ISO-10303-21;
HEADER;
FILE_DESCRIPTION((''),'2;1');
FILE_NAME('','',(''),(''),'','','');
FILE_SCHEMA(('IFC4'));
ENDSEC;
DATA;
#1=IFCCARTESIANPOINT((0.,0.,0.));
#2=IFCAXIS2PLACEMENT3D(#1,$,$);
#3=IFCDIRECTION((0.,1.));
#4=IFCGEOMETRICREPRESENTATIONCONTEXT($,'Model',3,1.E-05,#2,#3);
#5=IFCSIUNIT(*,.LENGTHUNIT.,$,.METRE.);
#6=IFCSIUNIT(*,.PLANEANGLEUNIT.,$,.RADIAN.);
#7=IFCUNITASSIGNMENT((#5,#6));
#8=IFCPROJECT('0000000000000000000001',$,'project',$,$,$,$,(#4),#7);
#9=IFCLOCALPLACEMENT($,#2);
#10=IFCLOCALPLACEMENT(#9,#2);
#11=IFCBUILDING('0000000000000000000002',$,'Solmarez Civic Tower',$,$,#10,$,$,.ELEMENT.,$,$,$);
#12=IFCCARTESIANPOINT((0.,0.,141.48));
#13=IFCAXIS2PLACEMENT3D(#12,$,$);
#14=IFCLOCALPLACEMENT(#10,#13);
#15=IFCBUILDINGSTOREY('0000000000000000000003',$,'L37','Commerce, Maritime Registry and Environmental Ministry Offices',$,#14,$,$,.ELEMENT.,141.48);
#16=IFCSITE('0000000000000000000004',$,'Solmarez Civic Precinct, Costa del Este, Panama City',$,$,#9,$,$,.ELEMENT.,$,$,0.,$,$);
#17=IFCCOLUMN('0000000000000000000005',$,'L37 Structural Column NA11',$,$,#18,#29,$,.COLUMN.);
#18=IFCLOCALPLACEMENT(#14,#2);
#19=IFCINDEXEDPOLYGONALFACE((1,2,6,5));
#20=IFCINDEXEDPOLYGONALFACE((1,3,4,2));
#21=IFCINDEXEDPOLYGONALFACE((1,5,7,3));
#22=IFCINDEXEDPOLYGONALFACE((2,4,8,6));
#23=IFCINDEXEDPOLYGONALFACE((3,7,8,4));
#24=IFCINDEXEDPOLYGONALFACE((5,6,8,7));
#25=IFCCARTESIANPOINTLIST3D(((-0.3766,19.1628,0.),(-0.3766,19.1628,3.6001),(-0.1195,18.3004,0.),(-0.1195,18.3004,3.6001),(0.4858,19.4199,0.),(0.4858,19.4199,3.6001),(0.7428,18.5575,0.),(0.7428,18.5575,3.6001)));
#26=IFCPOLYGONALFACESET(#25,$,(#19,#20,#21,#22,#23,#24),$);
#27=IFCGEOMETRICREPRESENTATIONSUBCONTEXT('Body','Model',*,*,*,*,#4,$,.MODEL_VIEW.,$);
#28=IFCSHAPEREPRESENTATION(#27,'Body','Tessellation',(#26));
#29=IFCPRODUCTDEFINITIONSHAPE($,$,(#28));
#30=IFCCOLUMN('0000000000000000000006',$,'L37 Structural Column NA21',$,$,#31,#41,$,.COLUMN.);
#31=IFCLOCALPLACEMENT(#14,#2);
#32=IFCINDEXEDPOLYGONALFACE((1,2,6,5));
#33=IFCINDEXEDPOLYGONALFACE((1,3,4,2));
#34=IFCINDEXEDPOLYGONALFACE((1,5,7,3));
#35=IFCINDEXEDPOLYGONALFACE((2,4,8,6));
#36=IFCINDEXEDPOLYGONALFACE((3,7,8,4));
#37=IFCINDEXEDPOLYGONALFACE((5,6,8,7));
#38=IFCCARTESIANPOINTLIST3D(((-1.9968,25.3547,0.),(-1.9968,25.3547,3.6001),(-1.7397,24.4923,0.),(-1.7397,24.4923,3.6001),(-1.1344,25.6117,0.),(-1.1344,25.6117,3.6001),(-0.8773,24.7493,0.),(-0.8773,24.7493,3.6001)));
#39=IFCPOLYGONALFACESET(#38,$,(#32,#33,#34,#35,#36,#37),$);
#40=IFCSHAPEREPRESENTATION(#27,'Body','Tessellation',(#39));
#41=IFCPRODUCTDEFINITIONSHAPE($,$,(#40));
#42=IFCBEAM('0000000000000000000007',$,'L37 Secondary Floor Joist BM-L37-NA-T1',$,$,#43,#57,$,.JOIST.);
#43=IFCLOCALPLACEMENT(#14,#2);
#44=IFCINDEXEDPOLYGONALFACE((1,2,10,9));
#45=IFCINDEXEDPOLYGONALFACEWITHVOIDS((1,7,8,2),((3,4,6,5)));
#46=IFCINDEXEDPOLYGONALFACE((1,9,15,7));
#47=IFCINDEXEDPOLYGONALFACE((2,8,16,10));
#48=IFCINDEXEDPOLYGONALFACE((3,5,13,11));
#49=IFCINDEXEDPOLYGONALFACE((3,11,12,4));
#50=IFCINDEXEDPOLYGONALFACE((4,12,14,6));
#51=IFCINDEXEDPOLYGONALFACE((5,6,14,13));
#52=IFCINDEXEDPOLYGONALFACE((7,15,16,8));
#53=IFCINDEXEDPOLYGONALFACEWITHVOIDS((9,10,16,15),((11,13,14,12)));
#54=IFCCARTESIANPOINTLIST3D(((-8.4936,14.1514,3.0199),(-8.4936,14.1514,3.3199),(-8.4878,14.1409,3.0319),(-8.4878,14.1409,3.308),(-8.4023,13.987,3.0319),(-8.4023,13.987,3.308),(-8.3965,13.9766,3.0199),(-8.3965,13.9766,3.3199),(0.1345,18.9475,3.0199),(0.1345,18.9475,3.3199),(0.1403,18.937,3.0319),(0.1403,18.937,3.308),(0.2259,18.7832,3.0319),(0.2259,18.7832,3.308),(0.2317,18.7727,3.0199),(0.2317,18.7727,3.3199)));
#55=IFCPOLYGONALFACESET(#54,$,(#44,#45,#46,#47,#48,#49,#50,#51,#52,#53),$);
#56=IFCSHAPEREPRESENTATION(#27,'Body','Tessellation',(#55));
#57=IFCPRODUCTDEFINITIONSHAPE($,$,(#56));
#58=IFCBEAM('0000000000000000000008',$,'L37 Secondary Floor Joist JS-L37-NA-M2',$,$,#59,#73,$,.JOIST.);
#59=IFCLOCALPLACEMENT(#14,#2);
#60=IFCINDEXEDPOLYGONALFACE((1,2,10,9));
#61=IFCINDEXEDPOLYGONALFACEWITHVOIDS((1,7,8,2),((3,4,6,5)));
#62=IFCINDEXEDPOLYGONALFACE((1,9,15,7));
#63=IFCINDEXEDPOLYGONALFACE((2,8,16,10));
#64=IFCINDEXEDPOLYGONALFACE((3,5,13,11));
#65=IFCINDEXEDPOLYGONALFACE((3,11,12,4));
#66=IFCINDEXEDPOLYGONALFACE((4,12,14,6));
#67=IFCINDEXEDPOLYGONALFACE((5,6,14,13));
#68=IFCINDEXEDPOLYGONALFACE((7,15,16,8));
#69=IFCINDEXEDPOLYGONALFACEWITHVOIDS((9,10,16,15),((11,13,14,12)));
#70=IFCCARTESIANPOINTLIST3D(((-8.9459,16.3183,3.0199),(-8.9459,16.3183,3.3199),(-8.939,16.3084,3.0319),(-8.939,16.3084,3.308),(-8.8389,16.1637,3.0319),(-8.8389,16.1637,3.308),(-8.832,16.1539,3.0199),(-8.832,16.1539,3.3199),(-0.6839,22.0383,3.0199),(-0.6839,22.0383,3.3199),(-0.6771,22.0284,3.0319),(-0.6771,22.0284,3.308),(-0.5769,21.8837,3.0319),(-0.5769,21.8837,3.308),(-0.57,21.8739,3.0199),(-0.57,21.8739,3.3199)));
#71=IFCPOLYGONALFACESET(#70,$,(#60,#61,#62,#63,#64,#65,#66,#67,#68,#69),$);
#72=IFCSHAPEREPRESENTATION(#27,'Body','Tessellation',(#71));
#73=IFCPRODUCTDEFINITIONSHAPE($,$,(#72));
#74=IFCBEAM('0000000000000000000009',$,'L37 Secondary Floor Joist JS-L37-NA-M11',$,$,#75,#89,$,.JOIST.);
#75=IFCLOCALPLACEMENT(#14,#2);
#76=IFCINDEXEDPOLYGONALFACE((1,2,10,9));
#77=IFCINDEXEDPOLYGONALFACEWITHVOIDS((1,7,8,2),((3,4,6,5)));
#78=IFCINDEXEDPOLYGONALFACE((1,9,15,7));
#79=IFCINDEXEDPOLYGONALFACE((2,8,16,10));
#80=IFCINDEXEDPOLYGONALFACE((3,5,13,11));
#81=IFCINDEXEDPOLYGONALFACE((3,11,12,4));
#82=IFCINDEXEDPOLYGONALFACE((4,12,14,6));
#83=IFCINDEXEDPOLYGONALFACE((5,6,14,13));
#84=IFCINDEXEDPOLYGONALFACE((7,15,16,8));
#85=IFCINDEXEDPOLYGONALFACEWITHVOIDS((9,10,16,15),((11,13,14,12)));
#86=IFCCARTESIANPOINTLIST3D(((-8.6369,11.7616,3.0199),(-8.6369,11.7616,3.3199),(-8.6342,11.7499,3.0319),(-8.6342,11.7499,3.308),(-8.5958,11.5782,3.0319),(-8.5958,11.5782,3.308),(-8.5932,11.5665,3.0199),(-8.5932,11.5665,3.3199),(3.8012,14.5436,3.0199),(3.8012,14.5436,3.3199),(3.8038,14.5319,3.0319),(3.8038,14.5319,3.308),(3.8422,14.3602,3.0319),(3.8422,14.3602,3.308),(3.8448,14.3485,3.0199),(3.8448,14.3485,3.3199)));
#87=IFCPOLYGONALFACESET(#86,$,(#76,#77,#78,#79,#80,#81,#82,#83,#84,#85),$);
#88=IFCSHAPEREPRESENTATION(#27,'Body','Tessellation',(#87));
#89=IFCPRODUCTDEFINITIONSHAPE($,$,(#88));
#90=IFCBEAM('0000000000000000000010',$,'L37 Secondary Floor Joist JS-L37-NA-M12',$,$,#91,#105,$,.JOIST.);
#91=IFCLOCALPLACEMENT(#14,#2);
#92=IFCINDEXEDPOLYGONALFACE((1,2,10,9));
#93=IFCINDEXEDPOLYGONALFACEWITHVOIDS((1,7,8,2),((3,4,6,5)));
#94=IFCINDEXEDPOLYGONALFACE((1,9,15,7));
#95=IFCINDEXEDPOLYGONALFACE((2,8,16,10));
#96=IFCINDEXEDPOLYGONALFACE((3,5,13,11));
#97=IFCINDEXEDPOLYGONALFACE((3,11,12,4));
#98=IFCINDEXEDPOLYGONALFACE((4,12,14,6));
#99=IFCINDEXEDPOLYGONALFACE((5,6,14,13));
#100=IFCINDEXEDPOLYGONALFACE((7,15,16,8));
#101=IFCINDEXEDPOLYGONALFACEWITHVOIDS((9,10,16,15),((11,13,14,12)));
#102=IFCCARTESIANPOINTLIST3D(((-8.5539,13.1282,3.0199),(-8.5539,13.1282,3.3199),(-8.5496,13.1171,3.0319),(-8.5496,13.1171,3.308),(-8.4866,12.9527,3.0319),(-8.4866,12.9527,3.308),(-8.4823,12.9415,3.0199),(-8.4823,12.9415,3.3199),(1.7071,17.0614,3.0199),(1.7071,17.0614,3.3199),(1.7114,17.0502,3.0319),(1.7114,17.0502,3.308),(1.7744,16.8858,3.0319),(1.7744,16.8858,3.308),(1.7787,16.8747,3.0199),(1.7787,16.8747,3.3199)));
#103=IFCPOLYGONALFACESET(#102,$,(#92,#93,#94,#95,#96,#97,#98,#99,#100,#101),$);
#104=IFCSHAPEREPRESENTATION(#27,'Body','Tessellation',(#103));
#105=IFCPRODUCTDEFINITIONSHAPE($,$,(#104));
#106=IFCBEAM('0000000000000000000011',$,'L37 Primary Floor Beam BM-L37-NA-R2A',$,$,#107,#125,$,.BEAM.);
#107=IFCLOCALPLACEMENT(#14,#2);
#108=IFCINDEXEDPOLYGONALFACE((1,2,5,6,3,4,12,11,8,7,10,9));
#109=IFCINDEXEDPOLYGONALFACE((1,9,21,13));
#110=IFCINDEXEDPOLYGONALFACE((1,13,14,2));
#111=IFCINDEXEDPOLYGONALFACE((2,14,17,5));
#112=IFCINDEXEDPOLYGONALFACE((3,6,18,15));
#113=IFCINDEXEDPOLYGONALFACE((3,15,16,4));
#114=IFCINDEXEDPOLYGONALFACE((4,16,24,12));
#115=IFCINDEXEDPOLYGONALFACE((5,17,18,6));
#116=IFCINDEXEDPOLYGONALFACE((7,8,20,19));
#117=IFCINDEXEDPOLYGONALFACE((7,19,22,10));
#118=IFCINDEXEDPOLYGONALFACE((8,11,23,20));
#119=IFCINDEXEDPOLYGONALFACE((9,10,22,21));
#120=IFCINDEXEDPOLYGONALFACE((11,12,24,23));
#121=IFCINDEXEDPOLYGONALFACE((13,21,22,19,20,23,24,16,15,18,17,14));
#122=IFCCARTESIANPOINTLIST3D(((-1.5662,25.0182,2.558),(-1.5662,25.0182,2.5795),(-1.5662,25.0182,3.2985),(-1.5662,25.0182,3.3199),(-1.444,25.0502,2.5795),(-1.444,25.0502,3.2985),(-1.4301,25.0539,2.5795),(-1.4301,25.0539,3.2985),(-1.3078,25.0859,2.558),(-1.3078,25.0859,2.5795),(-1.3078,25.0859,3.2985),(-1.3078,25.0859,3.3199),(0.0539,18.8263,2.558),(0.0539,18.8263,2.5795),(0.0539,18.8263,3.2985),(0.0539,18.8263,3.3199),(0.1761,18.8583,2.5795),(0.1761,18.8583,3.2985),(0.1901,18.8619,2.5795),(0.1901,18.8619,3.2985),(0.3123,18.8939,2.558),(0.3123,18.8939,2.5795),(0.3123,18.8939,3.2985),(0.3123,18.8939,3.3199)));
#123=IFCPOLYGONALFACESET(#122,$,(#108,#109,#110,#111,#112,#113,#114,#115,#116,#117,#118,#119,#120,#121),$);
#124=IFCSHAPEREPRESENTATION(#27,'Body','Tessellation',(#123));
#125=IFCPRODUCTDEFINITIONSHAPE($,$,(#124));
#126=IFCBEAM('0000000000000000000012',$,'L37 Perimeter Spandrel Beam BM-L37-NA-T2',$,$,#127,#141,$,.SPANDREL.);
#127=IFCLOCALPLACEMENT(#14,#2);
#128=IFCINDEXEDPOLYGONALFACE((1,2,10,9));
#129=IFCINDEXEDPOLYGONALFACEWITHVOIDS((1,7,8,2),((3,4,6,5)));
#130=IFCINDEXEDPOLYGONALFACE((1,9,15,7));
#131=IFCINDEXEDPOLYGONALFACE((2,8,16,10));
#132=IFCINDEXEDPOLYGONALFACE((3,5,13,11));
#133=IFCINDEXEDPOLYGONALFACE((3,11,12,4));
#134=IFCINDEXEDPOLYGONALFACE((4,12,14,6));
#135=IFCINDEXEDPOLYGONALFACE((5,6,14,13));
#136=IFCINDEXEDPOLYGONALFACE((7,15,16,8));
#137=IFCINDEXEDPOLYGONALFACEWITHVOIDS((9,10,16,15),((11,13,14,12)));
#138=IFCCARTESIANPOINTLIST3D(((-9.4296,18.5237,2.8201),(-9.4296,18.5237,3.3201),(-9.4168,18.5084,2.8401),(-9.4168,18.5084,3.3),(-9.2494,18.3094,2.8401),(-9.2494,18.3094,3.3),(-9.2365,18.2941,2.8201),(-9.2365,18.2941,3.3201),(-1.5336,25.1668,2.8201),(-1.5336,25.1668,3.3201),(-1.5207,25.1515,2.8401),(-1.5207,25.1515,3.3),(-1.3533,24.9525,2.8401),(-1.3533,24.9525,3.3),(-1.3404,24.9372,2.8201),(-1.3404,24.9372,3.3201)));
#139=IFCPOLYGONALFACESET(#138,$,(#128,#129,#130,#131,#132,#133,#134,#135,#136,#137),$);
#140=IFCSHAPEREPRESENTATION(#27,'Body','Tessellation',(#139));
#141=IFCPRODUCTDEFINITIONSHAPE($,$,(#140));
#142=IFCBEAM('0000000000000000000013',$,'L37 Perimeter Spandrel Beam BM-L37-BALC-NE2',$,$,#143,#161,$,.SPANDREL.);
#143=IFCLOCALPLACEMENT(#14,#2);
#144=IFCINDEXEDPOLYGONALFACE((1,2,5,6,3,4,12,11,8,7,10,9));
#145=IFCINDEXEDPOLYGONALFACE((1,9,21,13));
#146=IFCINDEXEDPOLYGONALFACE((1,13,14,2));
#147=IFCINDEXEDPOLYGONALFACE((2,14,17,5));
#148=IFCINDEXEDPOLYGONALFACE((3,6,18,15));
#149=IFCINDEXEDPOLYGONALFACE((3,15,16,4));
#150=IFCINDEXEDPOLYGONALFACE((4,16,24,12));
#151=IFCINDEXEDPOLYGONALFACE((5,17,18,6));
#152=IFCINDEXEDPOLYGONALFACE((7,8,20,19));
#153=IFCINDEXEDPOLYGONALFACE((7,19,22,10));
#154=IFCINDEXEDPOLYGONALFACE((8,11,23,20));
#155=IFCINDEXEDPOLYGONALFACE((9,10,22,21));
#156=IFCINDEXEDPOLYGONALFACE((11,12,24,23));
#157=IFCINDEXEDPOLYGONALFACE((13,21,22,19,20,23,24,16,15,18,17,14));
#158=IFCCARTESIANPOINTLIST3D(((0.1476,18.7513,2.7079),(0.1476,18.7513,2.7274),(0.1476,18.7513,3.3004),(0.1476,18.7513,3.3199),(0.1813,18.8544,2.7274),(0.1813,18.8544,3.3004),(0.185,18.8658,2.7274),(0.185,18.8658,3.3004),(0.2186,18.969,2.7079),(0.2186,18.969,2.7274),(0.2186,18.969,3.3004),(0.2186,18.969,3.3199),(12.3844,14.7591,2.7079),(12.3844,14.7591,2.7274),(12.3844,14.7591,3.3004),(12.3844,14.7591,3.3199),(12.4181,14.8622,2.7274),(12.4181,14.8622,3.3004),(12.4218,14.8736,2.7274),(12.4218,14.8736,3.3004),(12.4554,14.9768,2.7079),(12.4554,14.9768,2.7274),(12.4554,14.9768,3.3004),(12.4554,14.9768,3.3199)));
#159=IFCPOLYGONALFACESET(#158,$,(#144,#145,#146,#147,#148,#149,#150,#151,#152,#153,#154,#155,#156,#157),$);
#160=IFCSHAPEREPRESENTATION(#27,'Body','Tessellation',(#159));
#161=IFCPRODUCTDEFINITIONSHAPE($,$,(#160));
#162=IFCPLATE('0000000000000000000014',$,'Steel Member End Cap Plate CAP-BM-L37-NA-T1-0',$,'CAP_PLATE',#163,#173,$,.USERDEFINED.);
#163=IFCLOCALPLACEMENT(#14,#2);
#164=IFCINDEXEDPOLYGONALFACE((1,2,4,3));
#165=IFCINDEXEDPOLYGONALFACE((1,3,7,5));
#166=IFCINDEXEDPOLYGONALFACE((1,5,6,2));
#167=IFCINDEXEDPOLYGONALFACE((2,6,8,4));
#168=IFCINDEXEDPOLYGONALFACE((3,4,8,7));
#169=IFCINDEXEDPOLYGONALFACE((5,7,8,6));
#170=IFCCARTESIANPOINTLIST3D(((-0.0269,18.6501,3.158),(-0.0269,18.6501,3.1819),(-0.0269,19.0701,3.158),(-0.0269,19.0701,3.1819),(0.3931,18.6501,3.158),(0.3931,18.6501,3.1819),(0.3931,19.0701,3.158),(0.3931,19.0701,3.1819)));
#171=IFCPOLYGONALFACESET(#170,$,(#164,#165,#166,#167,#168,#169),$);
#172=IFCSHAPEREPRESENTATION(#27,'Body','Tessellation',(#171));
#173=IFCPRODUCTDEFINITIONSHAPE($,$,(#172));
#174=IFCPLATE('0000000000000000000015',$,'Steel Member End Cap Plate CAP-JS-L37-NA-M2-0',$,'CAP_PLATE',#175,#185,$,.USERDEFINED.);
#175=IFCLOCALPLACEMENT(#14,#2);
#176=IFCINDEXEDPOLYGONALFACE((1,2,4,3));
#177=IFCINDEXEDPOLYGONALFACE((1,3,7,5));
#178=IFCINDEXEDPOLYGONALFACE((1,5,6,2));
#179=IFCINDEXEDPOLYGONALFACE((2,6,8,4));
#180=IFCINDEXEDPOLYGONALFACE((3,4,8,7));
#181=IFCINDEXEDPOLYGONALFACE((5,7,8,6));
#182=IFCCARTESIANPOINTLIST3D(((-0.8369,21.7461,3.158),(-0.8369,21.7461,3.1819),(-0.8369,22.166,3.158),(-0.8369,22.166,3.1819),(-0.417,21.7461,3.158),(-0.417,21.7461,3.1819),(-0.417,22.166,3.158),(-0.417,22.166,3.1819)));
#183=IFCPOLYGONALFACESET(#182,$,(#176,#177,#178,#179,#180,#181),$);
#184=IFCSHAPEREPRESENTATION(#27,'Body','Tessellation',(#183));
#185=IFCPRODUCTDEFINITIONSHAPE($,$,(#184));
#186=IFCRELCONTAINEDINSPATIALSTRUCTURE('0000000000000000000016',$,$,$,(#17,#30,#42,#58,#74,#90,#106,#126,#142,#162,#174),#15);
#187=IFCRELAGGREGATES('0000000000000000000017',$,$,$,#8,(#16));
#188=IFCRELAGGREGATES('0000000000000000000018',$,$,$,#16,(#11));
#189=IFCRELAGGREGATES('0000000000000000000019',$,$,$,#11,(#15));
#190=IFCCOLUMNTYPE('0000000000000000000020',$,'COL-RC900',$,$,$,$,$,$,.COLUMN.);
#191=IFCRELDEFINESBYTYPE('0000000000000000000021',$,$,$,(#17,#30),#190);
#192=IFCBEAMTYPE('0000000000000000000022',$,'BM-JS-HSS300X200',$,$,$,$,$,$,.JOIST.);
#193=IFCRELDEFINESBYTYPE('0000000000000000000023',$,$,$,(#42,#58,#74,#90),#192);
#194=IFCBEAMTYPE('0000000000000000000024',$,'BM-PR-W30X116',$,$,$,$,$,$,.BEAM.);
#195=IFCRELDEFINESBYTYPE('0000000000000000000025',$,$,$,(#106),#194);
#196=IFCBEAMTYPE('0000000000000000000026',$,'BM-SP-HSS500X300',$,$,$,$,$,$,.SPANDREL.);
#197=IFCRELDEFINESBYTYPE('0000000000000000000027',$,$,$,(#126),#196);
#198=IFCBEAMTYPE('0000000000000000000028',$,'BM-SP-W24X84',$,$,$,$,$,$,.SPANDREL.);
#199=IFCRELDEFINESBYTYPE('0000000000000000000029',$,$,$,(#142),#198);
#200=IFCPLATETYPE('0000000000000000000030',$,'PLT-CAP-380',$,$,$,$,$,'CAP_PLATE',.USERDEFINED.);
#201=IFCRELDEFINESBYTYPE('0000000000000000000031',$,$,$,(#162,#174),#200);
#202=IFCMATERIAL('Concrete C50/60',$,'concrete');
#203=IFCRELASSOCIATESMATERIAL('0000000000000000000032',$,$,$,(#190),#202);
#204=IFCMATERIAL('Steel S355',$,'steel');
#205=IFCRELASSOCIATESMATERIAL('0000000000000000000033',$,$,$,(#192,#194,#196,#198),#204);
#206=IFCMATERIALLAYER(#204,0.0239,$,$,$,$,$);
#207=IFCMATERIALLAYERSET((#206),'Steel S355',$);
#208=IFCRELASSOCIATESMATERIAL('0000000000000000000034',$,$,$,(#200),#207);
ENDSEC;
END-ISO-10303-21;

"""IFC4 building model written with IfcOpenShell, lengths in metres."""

from ifc_helpers import new_model, si_unit, direction, frame, origin, origin_2d, place, context, subcontext, project, spatial, rectangle, hollow_rectangle, i_section, extrude, material, layer, layer_set, material_profile, profile_set, type_object, element, save


model = new_model("IFC4")

# Units and contexts
model_context = context("Model", 3, precision=1e-05, world=origin(), true_north=direction((0.0, 1.0)))
body_context = subcontext(model_context, "Body", "Model", "MODEL_VIEW")
ifc_project = project(units=[si_unit("LENGTHUNIT", "METRE"), si_unit("PLANEANGLEUNIT", "RADIAN")], contexts=[model_context])

# Site, building, storey
site_placement = place(None, origin())
site = spatial("IfcSite", under=ifc_project, at=site_placement, Name="Solmarez Civic Precinct, Costa del Este, Panama City", CompositionType="ELEMENT", RefElevation=0.0)
building_placement = place(site_placement, origin())
building = spatial("IfcBuilding", under=site, at=building_placement, Name="Solmarez Civic Tower", CompositionType="ELEMENT")
storey_placement = place(building_placement, frame((0.0, 0.0, 141.48)))
storey = spatial("IfcBuildingStorey", under=building, at=storey_placement, Name="L37", Description="Commerce, Maritime Registry and Environmental Ministry Offices", CompositionType="ELEMENT", Elevation=141.48)

# Columns
ifc_material_1 = material(Name="Concrete C50/60", Category="concrete")
ifc_material_profile_1 = material_profile(ifc_material_1, rectangle(XDim=0.8999, YDim=0.8999, at=origin_2d()), Name="RC900X900")
ifc_profile_set_1 = profile_set([ifc_material_profile_1], Name="Concrete C50/60")
column_type = type_object("IfcColumnType", Name="COL-RC900", PredefinedType="COLUMN", material=ifc_profile_set_1)
for number, where, z_axis, x_axis, name in (
    (1, (0.1831, 18.8601, 0.0), (0.0, 0.0, 1.0), (0.958323, 0.285688, 0.0), "L37 Structural Column NA11"),
    (2, (-1.437, 25.052, 0.0), (0.0, 0.0, 1.0), (0.958323, 0.285688, 0.0), "L37 Structural Column NA21"),
):
    element("IfcColumn", number, at=place(storey_placement, frame(where, z_axis=z_axis, x_axis=x_axis)), inside=storey, type_object=column_type, Name=name, PredefinedType="COLUMN", context=body_context, shape_type="SweptSolid", body=[
        extrude(rectangle(XDim=0.8999, YDim=0.8999, at=origin_2d()), origin(), (0.0, 0.0, 1.0), 3.6001),
    ])

# Beams
ifc_material_2 = material(Name="Steel S355", Category="steel")
ifc_material_profile_2 = material_profile(ifc_material_2, hollow_rectangle(XDim=0.2, YDim=0.3, WallThickness=0.012, at=origin_2d()), Name="HSS300X200X12")
ifc_profile_set_2 = profile_set([ifc_material_profile_2], Name="Steel S355")
beam_type_1 = type_object("IfcBeamType", Name="BM-JS-HSS300X200", PredefinedType="JOIST", material=ifc_profile_set_2)
beam_1_placement = place(storey_placement, frame((0.1831, 18.8601, 3.1699), z_axis=(-0.874041, -0.485853, 0.0), x_axis=(0.485853, -0.874041, 0.0)))
element("IfcBeam", 3, at=beam_1_placement, inside=storey, type_object=beam_type_1, Name="L37 Secondary Floor Joist BM-L37-NA-T1", PredefinedType="JOIST", context=body_context, shape_type="SweptSolid", body=[
    extrude(hollow_rectangle(XDim=0.2, YDim=0.3, WallThickness=0.012, at=origin_2d()), origin(), (0.0, 0.0, 1.0), 9.8716),
])
beam_2_placement = place(storey_placement, frame((-0.627, 21.9561, 3.1699), z_axis=(-0.822185, -0.56922, 0.0), x_axis=(0.56922, -0.822185, 0.0)))
element("IfcBeam", 4, at=beam_2_placement, inside=storey, type_object=beam_type_1, Name="L37 Secondary Floor Joist JS-L37-NA-M2", PredefinedType="JOIST", context=body_context, shape_type="SweptSolid", body=[
    extrude(hollow_rectangle(XDim=0.2, YDim=0.3, WallThickness=0.012, at=origin_2d()), origin(), (0.0, 0.0, 1.0), 10.0488),
])
beam_3_placement = place(storey_placement, frame((3.823, 14.446, 3.1699), z_axis=(-0.975887, -0.218275, 0.0), x_axis=(0.218275, -0.975887, 0.0)))
element("IfcBeam", 5, at=beam_3_placement, inside=storey, type_object=beam_type_1, Name="L37 Secondary Floor Joist JS-L37-NA-M11", PredefinedType="JOIST", context=body_context, shape_type="SweptSolid", body=[
    extrude(hollow_rectangle(XDim=0.2, YDim=0.3, WallThickness=0.012, at=origin_2d()), origin(), (0.0, 0.0, 1.0), 12.7454),
])
beam_4_placement = place(storey_placement, frame((1.7429, 16.968, 3.1699), z_axis=(-0.933754, -0.357914, 0.0), x_axis=(0.357914, -0.933754, 0.0)))
element("IfcBeam", 6, at=beam_4_placement, inside=storey, type_object=beam_type_1, Name="L37 Secondary Floor Joist JS-L37-NA-M12", PredefinedType="JOIST", context=body_context, shape_type="SweptSolid", body=[
    extrude(hollow_rectangle(XDim=0.2, YDim=0.3, WallThickness=0.012, at=origin_2d()), origin(), (0.0, 0.0, 1.0), 10.989),
])
ifc_material_profile_3 = material_profile(ifc_material_2, i_section(OverallWidth=0.2671, OverallDepth=0.762, WebThickness=0.0144, FlangeThickness=0.0215, at=origin_2d()), Name="W30X116")
ifc_profile_set_3 = profile_set([ifc_material_profile_3], Name="Steel S355")
beam_type_2 = type_object("IfcBeamType", Name="BM-PR-W30X116", PredefinedType="BEAM", material=ifc_profile_set_3)
beam_5_placement = place(storey_placement, frame((0.1831, 18.8601, 2.939), z_axis=(-0.25313, 0.967432, 0.0), x_axis=(-0.967432, -0.25313, 0.0)))
element("IfcBeam", 7, at=beam_5_placement, inside=storey, type_object=beam_type_2, Name="L37 Primary Floor Beam BM-L37-NA-R2A", PredefinedType="BEAM", context=body_context, shape_type="SweptSolid", body=[
    extrude(i_section(OverallWidth=0.2671, OverallDepth=0.762, WebThickness=0.0144, FlangeThickness=0.0215, at=origin_2d()), origin(), (0.0, 0.0, 1.0), 6.4004),
])
ifc_material_profile_4 = material_profile(ifc_material_2, hollow_rectangle(XDim=0.3, YDim=0.5, WallThickness=0.02, at=origin_2d()), Name="HSS500X300X20")
ifc_profile_set_4 = profile_set([ifc_material_profile_4], Name="Steel S355")
beam_type_3 = type_object("IfcBeamType", Name="BM-SP-HSS500X300", PredefinedType="SPANDREL", material=ifc_profile_set_4)
beam_6_placement = place(storey_placement, frame((-1.437, 25.052, 3.0701), z_axis=(-0.765207, -0.643784, 0.0), x_axis=(0.643784, -0.765207, 0.0)))
element("IfcBeam", 8, at=beam_6_placement, inside=storey, type_object=beam_type_3, Name="L37 Perimeter Spandrel Beam BM-L37-NA-T2", PredefinedType="SPANDREL", context=body_context, shape_type="SweptSolid", body=[
    extrude(hollow_rectangle(XDim=0.3, YDim=0.5, WallThickness=0.02, at=origin_2d()), origin(), (0.0, 0.0, 1.0), 10.3188),
])
ifc_material_profile_5 = material_profile(ifc_material_2, i_section(OverallWidth=0.229, OverallDepth=0.6121, WebThickness=0.012, FlangeThickness=0.0195, at=origin_2d()), Name="W24X84")
ifc_profile_set_5 = profile_set([ifc_material_profile_5], Name="Steel S355")
beam_type_4 = type_object("IfcBeamType", Name="BM-SP-W24X84", PredefinedType="SPANDREL", material=ifc_profile_set_5)
beam_7_placement = place(storey_placement, frame((0.1831, 18.8601, 3.0139), z_axis=(0.950686, -0.310156, 0.0), x_axis=(0.310156, 0.950686, 0.0)))
element("IfcBeam", 9, at=beam_7_placement, inside=storey, type_object=beam_type_4, Name="L37 Perimeter Spandrel Beam BM-L37-BALC-NE2", PredefinedType="SPANDREL", context=body_context, shape_type="SweptSolid", body=[
    extrude(i_section(OverallWidth=0.229, OverallDepth=0.6121, WebThickness=0.012, FlangeThickness=0.0195, at=origin_2d()), origin(), (0.0, 0.0, 1.0), 12.8716),
])

# Plates
ifc_layer_1 = layer(ifc_material_2, 0.0239)
ifc_layer_set_1 = layer_set([ifc_layer_1], Name="Steel S355")
plate_type_1 = type_object("IfcPlateType", Name="PLT-CAP-380", ElementType="CAP_PLATE", PredefinedType="USERDEFINED", material=ifc_layer_set_1)
for number, where, z_axis, x_axis, name in (
    (10, (0.1831, 18.8601, 3.158), (0.0, 0.0, 1.0), (1.0, 0.0, 0.0), "Steel Member End Cap Plate CAP-BM-L37-NA-T1-0"),
    (11, (-0.627, 21.9561, 3.158), (0.0, 0.0, 1.0), (1.0, 0.0, 0.0), "Steel Member End Cap Plate CAP-JS-L37-NA-M2-0"),
):
    element("IfcPlate", number, at=place(storey_placement, frame(where, z_axis=z_axis, x_axis=x_axis)), inside=storey, type_object=plate_type_1, Name=name, ObjectType="CAP_PLATE", PredefinedType="USERDEFINED", context=body_context, shape_type="SweptSolid", body=[
        extrude(rectangle(XDim=0.4199, YDim=0.4199, at=origin_2d()), origin(), (0.0, 0.0, 1.0), 0.0239),
    ])

save(model, "model.ifc")
